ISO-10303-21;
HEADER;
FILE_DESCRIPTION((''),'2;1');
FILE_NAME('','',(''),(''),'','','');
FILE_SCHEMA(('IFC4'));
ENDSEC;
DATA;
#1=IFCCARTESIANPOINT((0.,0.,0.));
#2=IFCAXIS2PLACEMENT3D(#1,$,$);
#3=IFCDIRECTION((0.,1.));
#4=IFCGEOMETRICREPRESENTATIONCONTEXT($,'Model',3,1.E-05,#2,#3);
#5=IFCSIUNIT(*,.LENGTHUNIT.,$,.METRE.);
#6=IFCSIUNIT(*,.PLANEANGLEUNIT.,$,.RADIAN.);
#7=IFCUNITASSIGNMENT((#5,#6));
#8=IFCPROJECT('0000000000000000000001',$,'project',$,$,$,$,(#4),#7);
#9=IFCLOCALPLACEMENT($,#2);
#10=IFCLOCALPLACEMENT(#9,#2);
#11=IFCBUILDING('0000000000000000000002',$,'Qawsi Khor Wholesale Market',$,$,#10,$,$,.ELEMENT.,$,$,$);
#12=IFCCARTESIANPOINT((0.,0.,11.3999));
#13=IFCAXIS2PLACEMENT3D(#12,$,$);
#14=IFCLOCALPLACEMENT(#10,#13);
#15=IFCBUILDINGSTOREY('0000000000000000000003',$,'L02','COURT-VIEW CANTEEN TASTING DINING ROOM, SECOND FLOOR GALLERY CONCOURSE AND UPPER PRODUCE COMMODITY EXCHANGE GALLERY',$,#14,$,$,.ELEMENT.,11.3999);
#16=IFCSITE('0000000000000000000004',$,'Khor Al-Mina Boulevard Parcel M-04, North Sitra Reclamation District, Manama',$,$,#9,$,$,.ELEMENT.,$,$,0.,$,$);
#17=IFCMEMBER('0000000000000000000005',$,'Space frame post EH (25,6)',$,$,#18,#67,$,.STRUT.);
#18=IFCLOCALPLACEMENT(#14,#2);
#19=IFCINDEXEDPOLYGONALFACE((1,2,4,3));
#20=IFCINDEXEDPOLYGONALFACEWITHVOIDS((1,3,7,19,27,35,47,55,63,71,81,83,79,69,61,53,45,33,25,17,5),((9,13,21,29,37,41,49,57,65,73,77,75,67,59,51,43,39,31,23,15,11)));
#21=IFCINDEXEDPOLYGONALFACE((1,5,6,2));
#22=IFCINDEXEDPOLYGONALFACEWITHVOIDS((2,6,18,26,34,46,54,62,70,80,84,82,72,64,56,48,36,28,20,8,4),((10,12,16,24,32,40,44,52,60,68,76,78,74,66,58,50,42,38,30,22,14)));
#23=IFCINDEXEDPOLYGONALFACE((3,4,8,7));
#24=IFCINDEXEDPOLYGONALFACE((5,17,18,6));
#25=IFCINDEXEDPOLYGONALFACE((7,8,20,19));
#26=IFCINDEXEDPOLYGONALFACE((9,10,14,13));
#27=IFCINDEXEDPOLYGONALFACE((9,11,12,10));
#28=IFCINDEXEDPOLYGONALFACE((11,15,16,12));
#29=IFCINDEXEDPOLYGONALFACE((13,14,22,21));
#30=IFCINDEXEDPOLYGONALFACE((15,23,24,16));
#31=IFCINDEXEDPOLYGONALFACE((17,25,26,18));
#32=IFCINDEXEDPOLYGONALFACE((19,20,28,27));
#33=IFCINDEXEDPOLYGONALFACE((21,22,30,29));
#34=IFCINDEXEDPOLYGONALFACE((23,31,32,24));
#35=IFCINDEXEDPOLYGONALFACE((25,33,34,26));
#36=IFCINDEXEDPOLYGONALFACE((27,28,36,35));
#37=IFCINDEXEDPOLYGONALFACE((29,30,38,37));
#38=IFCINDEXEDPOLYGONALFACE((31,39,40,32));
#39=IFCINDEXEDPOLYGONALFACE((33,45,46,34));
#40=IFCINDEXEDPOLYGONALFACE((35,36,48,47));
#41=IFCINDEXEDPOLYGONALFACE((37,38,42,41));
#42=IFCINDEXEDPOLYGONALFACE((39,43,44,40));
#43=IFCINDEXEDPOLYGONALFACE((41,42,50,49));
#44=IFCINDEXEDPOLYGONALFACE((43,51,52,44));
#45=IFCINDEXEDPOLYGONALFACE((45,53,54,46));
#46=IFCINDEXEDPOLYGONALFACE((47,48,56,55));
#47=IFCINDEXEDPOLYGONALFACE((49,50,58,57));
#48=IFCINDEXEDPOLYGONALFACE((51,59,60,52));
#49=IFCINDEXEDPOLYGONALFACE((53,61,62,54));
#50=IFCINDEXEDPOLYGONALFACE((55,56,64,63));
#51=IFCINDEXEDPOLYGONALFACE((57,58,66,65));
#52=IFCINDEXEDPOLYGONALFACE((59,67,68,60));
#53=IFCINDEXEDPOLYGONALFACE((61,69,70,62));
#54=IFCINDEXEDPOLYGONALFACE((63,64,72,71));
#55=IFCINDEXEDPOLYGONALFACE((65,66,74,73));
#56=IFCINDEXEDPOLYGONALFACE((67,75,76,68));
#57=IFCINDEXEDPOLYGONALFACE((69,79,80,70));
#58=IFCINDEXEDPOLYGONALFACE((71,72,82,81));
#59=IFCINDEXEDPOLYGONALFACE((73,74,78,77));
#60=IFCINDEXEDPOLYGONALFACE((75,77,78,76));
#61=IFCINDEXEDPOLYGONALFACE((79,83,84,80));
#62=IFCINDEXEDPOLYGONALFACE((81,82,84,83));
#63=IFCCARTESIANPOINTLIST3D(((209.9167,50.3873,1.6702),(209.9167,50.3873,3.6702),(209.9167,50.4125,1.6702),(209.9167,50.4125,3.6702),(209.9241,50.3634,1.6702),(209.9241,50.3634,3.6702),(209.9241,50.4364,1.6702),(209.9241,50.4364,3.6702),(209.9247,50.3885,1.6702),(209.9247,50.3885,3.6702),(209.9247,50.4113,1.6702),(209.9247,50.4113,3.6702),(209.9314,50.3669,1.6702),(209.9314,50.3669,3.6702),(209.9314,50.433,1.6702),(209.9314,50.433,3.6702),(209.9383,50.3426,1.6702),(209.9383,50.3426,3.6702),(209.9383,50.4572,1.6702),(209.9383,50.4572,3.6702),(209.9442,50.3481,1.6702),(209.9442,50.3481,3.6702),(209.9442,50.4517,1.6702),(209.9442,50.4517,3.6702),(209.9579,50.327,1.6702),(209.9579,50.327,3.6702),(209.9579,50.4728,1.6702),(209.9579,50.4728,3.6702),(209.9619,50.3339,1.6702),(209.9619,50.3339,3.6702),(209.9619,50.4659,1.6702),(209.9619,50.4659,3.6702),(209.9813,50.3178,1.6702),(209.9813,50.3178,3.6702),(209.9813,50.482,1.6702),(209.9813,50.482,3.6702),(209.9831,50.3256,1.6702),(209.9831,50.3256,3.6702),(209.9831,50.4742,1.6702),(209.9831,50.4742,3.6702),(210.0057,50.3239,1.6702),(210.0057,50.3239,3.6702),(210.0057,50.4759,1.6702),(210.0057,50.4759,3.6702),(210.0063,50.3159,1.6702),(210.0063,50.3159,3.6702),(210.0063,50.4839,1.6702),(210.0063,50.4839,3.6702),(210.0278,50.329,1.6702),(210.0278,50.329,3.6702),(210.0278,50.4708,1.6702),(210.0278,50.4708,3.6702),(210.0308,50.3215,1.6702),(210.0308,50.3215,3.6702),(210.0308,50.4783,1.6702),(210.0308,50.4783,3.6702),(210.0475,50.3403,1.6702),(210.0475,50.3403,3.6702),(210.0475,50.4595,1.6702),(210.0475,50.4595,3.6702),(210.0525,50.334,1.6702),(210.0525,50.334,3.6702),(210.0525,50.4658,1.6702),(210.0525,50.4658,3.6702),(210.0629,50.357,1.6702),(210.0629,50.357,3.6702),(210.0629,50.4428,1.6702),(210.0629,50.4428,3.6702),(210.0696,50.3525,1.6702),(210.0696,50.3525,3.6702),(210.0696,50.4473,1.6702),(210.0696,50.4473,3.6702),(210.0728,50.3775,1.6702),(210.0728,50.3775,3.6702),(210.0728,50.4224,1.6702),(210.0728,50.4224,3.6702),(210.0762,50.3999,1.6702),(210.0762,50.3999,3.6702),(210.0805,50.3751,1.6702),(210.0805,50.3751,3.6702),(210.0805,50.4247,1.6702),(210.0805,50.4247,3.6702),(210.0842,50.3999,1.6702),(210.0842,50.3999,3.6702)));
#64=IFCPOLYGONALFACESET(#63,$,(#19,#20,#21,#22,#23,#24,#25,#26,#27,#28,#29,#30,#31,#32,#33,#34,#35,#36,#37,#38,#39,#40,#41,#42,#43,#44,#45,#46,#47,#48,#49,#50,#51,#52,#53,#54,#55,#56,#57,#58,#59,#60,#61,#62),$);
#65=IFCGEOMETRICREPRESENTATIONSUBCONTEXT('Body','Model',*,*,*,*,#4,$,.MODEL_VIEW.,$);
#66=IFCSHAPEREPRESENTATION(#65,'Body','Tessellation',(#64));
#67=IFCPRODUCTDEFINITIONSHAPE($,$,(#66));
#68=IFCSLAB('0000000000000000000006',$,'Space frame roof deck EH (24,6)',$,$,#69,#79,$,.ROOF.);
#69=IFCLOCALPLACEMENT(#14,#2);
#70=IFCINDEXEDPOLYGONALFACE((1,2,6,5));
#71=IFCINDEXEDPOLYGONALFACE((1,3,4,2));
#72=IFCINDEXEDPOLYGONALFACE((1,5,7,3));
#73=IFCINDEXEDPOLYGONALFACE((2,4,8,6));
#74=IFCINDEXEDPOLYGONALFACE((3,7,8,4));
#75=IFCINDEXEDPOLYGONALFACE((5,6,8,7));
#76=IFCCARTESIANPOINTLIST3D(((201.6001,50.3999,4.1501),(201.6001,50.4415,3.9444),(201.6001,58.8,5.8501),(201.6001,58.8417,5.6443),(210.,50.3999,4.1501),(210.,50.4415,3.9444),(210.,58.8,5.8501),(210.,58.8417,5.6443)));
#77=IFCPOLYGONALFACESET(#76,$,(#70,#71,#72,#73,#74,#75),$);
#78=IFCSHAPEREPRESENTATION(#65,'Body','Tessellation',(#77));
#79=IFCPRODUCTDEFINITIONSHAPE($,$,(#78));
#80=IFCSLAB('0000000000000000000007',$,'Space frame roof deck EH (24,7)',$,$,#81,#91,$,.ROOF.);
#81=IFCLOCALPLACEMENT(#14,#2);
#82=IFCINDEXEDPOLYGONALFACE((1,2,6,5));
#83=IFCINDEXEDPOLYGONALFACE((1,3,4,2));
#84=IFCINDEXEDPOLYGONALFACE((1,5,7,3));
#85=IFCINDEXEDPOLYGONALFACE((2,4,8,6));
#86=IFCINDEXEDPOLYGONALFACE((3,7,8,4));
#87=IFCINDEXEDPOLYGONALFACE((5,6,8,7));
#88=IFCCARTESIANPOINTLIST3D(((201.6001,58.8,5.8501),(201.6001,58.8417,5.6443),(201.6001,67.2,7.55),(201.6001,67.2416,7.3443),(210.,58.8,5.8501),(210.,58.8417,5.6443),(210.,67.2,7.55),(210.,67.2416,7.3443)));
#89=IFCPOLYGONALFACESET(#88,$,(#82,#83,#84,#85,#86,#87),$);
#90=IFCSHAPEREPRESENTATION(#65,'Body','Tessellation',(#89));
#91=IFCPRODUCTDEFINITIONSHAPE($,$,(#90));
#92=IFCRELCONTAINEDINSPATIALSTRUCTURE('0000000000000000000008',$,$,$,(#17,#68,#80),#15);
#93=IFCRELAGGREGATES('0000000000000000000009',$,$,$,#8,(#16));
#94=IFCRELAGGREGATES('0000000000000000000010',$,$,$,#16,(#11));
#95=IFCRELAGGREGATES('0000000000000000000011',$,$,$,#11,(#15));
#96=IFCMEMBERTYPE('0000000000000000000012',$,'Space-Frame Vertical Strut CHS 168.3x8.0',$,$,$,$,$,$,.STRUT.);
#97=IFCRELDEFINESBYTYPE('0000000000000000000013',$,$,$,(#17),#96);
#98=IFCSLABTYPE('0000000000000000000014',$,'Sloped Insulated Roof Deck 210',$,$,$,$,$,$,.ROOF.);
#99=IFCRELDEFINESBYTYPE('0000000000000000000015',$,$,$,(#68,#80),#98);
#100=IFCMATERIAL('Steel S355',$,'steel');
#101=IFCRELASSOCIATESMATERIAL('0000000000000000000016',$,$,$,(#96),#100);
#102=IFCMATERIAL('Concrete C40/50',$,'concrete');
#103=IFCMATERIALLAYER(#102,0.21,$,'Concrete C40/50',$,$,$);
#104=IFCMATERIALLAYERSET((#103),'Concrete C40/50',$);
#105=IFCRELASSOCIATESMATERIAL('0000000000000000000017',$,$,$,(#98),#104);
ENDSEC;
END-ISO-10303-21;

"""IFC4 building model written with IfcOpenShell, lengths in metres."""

from ifc_helpers import new_model, si_unit, direction, frame, origin, origin_2d, place, context, subcontext, project, spatial, polyline, hollow_circle, outline, extrude, material, layer, layer_set, material_profile, profile_set, type_object, element, save


model = new_model("IFC4")

# Units and contexts
model_context = context("Model", 3, precision=1e-05, world=origin(), true_north=direction((0.0, 1.0)))
body_context = subcontext(model_context, "Body", "Model", "MODEL_VIEW")
ifc_project = project(units=[si_unit("LENGTHUNIT", "METRE"), si_unit("PLANEANGLEUNIT", "RADIAN")], contexts=[model_context])

# Site, building, storey
site_placement = place(None, origin())
site = spatial("IfcSite", under=ifc_project, at=site_placement, Name="Khor Al-Mina Boulevard Parcel M-04, North Sitra Reclamation District, Manama", CompositionType="ELEMENT", RefElevation=0.0)
building_placement = place(site_placement, origin())
building = spatial("IfcBuilding", under=site, at=building_placement, Name="Qawsi Khor Wholesale Market", CompositionType="ELEMENT")
storey_placement = place(building_placement, frame((0.0, 0.0, 11.3999)))
storey = spatial("IfcBuildingStorey", under=building, at=storey_placement, Name="L02", Description="COURT-VIEW CANTEEN TASTING DINING ROOM, SECOND FLOOR GALLERY CONCOURSE AND UPPER PRODUCE COMMODITY EXCHANGE GALLERY", CompositionType="ELEMENT", Elevation=11.3999)

# Shared definitions
ifc_material_1 = material(Name="Concrete C40/50", Category="concrete")

# Member
ifc_material_2 = material(Name="Steel S355", Category="steel")
ifc_material_profile_1 = material_profile(ifc_material_2, hollow_circle(Radius=0.0842, WallThickness=0.0081, at=origin_2d()), Name="CHS 168.3x8.0")
ifc_profile_set_1 = profile_set([ifc_material_profile_1], Name="Steel S355")
member_type_1 = type_object("IfcMemberType", Name="Space-Frame Vertical Strut CHS 168.3x8.0", PredefinedType="STRUT", material=ifc_profile_set_1)
for number, where, z_axis, x_axis, name in (
    (1, (210.0, 50.3999, 1.6702), (0.0, 0.0, 1.0), (1.0, 0.0, 0.0), "Space frame post EH (25,6)"),
):
    element("IfcMember", number, at=place(storey_placement, frame(where, z_axis=z_axis, x_axis=x_axis)), inside=storey, type_object=member_type_1, Name=name, PredefinedType="STRUT", context=body_context, shape_type="SweptSolid", body=[
        extrude(hollow_circle(Radius=0.0842, WallThickness=0.0081, at=origin_2d()), origin(), (0.0, 0.0, 1.0), 2.0),
    ])

# Slabs
ifc_layer = layer(ifc_material_1, 0.21, Name="Concrete C40/50")
ifc_layer_set = layer_set([ifc_layer], Name="Concrete C40/50")
slab_type = type_object("IfcSlabType", Name="Sloped Insulated Roof Deck 210", PredefinedType="ROOF", material=ifc_layer_set)
slab_1_placement = place(storey_placement, frame((201.6001, 50.3999, 4.1501), z_axis=(0.0, -0.198351, 0.980131), x_axis=(1.0, 0.0, 0.0)))
element("IfcSlab", 2, at=slab_1_placement, inside=storey, type_object=slab_type, Name="Space frame roof deck EH (24,6)", PredefinedType="ROOF", context=body_context, shape_type="SweptSolid", body=[
    extrude(outline(polyline([(0.0, 0.0), (8.3999, 0.0), (8.3999, 8.5704), (0.0, 8.5704), (0.0, 0.0)])), origin(), (0.0, 0.0, -1.0), 0.21),
])
slab_2_placement = place(storey_placement, frame((201.6001, 58.8, 5.8501), z_axis=(0.0, -0.198356, 0.98013), x_axis=(1.0, 0.0, 0.0)))
element("IfcSlab", 3, at=slab_2_placement, inside=storey, type_object=slab_type, Name="Space frame roof deck EH (24,7)", PredefinedType="ROOF", context=body_context, shape_type="SweptSolid", body=[
    extrude(outline(polyline([(0.0, 0.0), (8.3999, 0.0), (8.3999, 8.5702), (0.0, 8.5702), (0.0, 0.0)])), origin(), (0.0, 0.0, -1.0), 0.21),
])

save(model, "model.ifc")
